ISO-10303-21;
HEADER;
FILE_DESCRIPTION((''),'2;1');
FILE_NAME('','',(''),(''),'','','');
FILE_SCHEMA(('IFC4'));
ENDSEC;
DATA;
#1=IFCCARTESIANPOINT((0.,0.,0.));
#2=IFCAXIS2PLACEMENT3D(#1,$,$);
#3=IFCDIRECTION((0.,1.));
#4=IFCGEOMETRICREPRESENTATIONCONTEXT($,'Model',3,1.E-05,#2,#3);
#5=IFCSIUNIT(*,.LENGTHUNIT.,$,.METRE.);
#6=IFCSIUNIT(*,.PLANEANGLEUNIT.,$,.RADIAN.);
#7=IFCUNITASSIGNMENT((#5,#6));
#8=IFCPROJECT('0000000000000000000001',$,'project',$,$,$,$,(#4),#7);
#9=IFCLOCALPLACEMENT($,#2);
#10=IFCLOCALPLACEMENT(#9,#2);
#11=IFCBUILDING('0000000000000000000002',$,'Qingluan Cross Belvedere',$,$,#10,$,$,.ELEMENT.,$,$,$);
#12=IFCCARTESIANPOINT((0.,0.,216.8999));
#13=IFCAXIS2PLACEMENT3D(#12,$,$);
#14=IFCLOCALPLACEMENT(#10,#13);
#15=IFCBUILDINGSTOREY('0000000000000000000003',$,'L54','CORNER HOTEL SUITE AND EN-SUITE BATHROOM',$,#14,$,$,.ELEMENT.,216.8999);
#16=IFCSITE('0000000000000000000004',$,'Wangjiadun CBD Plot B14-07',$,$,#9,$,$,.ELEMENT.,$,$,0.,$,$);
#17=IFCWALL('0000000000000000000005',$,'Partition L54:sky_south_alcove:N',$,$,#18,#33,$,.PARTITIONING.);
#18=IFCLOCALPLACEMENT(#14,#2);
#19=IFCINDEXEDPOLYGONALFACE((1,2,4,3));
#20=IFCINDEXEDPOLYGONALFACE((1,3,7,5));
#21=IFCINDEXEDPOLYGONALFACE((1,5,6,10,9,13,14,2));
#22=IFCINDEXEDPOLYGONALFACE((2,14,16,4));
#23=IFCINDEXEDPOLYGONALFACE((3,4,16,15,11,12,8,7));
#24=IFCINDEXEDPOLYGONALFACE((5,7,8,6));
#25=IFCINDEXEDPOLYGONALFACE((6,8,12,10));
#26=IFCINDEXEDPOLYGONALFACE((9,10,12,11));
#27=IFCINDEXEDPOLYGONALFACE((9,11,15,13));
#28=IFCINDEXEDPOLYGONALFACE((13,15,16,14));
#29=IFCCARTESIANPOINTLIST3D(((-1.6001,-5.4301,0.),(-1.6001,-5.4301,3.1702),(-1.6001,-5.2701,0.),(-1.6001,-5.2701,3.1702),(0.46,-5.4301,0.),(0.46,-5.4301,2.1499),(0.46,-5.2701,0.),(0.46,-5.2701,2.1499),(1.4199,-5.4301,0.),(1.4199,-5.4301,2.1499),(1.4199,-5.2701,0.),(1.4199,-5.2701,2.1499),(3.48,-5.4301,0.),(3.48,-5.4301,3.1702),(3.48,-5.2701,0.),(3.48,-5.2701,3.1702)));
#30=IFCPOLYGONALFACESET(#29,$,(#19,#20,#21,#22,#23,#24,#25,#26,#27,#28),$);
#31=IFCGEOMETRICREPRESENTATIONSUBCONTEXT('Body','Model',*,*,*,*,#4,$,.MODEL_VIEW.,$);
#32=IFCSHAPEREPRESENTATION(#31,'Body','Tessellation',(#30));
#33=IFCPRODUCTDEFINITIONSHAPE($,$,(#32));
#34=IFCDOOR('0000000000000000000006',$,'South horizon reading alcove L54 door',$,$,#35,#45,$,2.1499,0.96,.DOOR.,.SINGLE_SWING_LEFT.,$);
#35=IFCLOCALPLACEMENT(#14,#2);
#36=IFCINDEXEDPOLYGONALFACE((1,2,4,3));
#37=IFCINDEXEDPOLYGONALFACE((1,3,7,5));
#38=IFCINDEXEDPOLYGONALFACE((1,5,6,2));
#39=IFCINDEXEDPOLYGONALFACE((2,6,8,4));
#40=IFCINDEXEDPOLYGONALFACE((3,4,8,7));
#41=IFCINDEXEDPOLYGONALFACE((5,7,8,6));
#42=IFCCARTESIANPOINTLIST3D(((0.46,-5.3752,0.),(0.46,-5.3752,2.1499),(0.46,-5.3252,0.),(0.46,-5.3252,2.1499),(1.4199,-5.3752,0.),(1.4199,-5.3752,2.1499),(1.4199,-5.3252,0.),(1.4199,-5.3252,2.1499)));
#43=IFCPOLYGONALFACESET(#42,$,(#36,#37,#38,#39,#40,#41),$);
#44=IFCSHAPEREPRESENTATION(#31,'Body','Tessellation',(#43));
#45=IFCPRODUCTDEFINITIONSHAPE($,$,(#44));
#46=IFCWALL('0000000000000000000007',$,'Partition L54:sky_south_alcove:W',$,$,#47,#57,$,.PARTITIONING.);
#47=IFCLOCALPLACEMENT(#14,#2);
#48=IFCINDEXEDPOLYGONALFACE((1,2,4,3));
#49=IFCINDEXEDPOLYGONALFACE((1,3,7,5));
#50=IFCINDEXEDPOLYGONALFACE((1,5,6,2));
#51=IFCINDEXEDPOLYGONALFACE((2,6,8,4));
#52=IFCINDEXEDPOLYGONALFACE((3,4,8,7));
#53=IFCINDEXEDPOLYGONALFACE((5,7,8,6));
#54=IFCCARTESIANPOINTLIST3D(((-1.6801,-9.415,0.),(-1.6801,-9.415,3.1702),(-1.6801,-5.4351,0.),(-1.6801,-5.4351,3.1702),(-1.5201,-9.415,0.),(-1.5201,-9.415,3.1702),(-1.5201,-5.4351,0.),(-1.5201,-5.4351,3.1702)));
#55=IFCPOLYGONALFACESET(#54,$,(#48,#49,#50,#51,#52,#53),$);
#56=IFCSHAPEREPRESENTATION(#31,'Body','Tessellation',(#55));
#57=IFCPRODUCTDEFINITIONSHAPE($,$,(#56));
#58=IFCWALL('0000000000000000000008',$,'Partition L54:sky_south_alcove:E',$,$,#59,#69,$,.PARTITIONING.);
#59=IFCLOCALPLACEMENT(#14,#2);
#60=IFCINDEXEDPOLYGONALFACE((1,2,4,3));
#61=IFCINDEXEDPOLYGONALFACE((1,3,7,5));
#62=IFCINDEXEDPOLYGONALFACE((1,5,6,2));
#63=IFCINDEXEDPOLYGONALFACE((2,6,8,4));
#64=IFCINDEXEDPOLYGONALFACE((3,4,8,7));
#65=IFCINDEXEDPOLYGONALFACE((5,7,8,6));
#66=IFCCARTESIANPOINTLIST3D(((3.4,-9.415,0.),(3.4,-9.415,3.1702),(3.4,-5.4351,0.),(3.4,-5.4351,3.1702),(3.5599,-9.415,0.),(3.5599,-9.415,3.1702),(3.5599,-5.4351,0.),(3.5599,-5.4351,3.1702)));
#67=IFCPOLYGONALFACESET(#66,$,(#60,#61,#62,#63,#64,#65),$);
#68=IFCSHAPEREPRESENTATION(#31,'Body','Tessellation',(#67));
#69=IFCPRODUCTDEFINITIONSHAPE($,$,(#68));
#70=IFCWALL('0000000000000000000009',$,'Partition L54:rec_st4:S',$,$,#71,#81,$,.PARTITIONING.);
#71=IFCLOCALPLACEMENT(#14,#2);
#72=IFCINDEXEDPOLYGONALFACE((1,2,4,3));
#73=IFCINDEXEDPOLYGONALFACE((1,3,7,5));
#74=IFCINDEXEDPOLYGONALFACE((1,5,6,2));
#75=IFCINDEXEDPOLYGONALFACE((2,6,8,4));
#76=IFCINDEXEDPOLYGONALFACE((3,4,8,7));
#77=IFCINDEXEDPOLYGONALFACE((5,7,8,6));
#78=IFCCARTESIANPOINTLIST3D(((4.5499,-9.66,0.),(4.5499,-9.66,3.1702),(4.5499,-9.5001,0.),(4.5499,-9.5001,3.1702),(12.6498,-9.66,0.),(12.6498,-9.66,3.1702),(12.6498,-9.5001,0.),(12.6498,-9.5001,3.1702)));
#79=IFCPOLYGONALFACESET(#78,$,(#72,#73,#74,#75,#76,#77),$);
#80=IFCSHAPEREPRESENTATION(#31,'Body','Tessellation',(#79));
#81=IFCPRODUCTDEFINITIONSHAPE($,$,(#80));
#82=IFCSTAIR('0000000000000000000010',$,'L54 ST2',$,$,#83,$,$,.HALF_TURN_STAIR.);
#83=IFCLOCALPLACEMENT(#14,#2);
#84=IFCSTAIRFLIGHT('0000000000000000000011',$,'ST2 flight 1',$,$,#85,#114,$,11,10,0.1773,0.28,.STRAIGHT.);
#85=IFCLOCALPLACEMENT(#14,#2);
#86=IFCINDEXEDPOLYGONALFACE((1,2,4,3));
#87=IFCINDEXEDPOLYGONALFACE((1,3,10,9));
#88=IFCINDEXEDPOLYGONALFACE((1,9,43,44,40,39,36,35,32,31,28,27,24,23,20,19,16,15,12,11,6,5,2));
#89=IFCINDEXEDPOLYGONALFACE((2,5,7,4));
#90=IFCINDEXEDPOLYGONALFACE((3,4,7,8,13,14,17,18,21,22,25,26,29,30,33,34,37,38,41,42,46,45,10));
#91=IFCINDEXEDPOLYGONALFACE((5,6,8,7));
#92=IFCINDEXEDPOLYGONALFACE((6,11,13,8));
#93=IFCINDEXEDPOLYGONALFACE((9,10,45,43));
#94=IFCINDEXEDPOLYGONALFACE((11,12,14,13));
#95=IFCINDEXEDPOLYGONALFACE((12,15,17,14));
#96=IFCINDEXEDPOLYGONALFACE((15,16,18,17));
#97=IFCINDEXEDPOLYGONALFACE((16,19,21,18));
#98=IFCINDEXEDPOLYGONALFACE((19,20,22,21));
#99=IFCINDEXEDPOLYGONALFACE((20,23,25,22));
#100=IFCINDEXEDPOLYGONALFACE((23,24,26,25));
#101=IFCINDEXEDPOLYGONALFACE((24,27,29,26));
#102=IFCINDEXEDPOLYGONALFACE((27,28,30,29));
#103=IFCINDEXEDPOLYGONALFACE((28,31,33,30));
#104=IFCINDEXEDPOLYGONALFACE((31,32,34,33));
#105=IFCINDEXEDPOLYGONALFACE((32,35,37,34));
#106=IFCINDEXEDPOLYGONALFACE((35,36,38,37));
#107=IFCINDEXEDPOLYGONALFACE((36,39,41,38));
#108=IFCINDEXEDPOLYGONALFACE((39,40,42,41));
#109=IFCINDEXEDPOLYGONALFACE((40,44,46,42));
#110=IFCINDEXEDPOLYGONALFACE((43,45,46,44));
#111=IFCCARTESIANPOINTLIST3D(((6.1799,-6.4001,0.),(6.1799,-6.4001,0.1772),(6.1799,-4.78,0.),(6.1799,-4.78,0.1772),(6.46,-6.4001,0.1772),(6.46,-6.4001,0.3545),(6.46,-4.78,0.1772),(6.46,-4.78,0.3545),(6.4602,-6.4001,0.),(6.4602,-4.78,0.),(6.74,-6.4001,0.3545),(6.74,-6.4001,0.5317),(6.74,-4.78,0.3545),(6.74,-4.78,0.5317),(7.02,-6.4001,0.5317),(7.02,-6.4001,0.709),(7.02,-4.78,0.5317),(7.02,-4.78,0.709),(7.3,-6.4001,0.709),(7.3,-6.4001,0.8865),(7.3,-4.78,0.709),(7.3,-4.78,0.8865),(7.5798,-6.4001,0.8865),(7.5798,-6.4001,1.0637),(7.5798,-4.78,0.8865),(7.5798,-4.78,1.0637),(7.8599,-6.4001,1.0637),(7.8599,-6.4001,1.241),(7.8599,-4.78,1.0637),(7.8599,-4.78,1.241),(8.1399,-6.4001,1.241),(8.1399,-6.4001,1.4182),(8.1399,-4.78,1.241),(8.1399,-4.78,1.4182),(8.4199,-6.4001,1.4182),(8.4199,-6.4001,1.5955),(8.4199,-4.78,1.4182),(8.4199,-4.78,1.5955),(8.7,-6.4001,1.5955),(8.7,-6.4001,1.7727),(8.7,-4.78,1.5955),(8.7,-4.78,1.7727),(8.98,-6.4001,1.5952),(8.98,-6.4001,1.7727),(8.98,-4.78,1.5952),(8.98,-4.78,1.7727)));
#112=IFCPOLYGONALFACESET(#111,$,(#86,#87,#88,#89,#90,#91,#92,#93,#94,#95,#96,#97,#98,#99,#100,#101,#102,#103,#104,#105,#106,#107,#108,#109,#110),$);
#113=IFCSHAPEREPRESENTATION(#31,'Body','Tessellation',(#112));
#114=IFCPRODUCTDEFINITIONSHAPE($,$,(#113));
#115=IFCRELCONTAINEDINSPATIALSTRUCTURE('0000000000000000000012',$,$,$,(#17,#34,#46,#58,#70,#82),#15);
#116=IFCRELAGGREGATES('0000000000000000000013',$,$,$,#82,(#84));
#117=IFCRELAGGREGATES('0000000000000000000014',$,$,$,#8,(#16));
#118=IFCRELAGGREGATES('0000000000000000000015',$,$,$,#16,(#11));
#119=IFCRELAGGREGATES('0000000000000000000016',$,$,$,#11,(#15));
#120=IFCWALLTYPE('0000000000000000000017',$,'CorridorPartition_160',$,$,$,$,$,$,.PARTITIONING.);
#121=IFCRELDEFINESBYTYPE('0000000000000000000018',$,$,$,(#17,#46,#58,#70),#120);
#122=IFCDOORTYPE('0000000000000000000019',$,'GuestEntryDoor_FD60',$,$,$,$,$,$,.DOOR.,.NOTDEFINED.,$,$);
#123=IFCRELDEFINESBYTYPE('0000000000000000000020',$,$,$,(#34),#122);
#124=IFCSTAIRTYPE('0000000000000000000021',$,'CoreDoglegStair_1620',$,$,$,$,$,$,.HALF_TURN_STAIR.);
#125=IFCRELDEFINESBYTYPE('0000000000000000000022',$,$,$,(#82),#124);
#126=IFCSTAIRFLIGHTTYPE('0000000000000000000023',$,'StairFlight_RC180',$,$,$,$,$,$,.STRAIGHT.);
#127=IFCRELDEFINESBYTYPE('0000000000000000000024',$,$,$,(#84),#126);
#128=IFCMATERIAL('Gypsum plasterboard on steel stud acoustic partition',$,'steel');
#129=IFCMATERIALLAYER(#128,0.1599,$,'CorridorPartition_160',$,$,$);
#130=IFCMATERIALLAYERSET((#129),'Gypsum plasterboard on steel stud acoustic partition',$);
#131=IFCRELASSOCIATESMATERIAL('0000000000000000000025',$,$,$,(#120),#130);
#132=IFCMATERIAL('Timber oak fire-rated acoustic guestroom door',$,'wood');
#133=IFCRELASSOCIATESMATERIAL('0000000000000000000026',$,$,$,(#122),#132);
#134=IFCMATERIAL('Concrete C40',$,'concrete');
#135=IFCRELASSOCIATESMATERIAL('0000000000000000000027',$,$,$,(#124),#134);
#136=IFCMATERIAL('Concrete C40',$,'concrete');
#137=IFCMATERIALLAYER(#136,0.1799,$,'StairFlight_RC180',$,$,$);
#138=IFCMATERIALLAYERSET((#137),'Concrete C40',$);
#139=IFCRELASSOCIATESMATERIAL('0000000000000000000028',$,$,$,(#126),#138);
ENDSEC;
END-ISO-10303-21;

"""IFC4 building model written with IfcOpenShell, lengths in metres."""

from ifc_helpers import new_model, si_unit, direction, frame, frame_2d, origin, place, context, subcontext, project, spatial, polyline, rectangle, outline, extrude, material, layer, layer_set, type_object, element, fill, aggregate, save


model = new_model("IFC4")

# Units and contexts
model_context = context("Model", 3, precision=1e-05, world=origin(), true_north=direction((0.0, 1.0)))
body_context = subcontext(model_context, "Body", "Model", "MODEL_VIEW")
ifc_project = project(units=[si_unit("LENGTHUNIT", "METRE"), si_unit("PLANEANGLEUNIT", "RADIAN")], contexts=[model_context])

# Site, building, storey
site_placement = place(None, origin())
site = spatial("IfcSite", under=ifc_project, at=site_placement, Name="Wangjiadun CBD Plot B14-07", CompositionType="ELEMENT", RefElevation=0.0)
building_placement = place(site_placement, origin())
building = spatial("IfcBuilding", under=site, at=building_placement, Name="Qingluan Cross Belvedere", CompositionType="ELEMENT")
storey_placement = place(building_placement, frame((0.0, 0.0, 216.8999)))
storey = spatial("IfcBuildingStorey", under=building, at=storey_placement, Name="L54", Description="CORNER HOTEL SUITE AND EN-SUITE BATHROOM", CompositionType="ELEMENT", Elevation=216.8999)

# Shared definitions
ifc_material_1 = material(Name="Gypsum plasterboard on steel stud acoustic partition", Category="steel")
ifc_layer_1 = layer(ifc_material_1, 0.1599, Name="CorridorPartition_160")
ifc_layer_set_1 = layer_set([ifc_layer_1], Name="Gypsum plasterboard on steel stud acoustic partition")
wall_type_1 = type_object("IfcWallType", Name="CorridorPartition_160", PredefinedType="PARTITIONING", material=ifc_layer_set_1)
ifc_material_2 = material(Name="Timber oak fire-rated acoustic guestroom door", Category="wood")
door_type_1 = type_object("IfcDoorType", Name="GuestEntryDoor_FD60", OperationType="NOTDEFINED", PredefinedType="DOOR", material=ifc_material_2)

# Wall, opening, door
wall_1_placement = place(storey_placement, frame((-1.6001, -5.3501, 0.0), z_axis=(0.0, 0.0, 1.0), x_axis=(1.0, 0.0, 0.0)))
wall_1 = element("IfcWall", 1, at=wall_1_placement, inside=storey, type_object=wall_type_1, Name="Partition L54:sky_south_alcove:N", PredefinedType="PARTITIONING", context=body_context, shape_type="SweptSolid", body=[
    extrude(rectangle(XDim=5.0801, YDim=0.1599, at=frame_2d((2.54, 0.0))), origin(), (0.0, 0.0, 1.0), 3.1702),
])
opening_1_placement = place(wall_1_placement, frame((2.0601, 0.0, 0.0)))
opening_1 = element("IfcOpeningElement", 2, at=opening_1_placement, cuts=wall_1, PredefinedType="OPENING", context=body_context, shape_type="SweptSolid", body=[
    extrude(rectangle(XDim=0.96, YDim=2.1499, at=frame_2d((0.48, 1.075))), frame((0.0, 0.0898, 0.0), z_axis=(0.0, -1.0, 0.0), x_axis=(1.0, 0.0, 0.0)), (0.0, 0.0, 1.0), 0.1799),
])
door_1_placement = place(opening_1_placement, origin())
door_1 = element("IfcDoor", 3, at=door_1_placement, inside=storey, type_object=door_type_1, Name="South horizon reading alcove L54 door", OperationType="SINGLE_SWING_LEFT", OverallHeight=2.1499, OverallWidth=0.96, PredefinedType="DOOR", context=body_context, shape_type="SweptSolid", body=[
    extrude(rectangle(XDim=0.96, YDim=2.1499, at=frame_2d((0.48, 1.075))), frame((0.0, 0.0249, 0.0), z_axis=(0.0, -1.0, 0.0), x_axis=(1.0, 0.0, 0.0)), (0.0, 0.0, 1.0), 0.05),
])
fill(opening_1, door_1)

# Walls
for number, where, z_axis, x_axis, name in (
    (4, (-1.6001, -9.415, 0.0), (0.0, 0.0, 1.0), (0.0, 1.0, 0.0), "Partition L54:sky_south_alcove:W"),
    (5, (3.48, -9.415, 0.0), (0.0, 0.0, 1.0), (0.0, 1.0, 0.0), "Partition L54:sky_south_alcove:E"),
):
    element("IfcWall", number, at=place(storey_placement, frame(where, z_axis=z_axis, x_axis=x_axis)), inside=storey, type_object=wall_type_1, Name=name, PredefinedType="PARTITIONING", context=body_context, shape_type="SweptSolid", body=[
        extrude(rectangle(XDim=3.98, YDim=0.1599, at=frame_2d((1.99, 0.0))), origin(), (0.0, 0.0, 1.0), 3.1702),
    ])
wall_2_placement = place(storey_placement, frame((4.55, -9.5801, 0.0), z_axis=(0.0, 0.0, 1.0), x_axis=(1.0, 0.0, 0.0)))
element("IfcWall", 6, at=wall_2_placement, inside=storey, type_object=wall_type_1, Name="Partition L54:rec_st4:S", PredefinedType="PARTITIONING", context=body_context, shape_type="SweptSolid", body=[
    extrude(rectangle(XDim=8.0999, YDim=0.1599, at=frame_2d((4.0498, 0.0))), origin(), (0.0, 0.0, 1.0), 3.1702),
])

# Stair, stair flight
ifc_material_3 = material(Name="Concrete C40", Category="concrete")
stair_type = type_object("IfcStairType", Name="CoreDoglegStair_1620", PredefinedType="HALF_TURN_STAIR", material=ifc_material_3)
stair_placement = place(storey_placement, origin())
stair = element("IfcStair", 7, at=stair_placement, inside=storey, type_object=stair_type, Name="L54 ST2", PredefinedType="HALF_TURN_STAIR")
ifc_material_4 = material(Name="Concrete C40", Category="concrete")
ifc_layer_2 = layer(ifc_material_4, 0.1799, Name="StairFlight_RC180")
ifc_layer_set_2 = layer_set([ifc_layer_2], Name="Concrete C40")
stair_flight_type = type_object("IfcStairFlightType", Name="StairFlight_RC180", PredefinedType="STRAIGHT", material=ifc_layer_set_2)
stair_flight_placement = place(storey_placement, frame((6.1799, -5.5901, 0.0), z_axis=(0.0, 0.0, 1.0), x_axis=(1.0, 0.0, 0.0)))
stair_flight = element("IfcStairFlight", 8, at=stair_flight_placement, type_object=stair_flight_type, Name="ST2 flight 1", NumberOfRisers=11, NumberOfTreads=10, PredefinedType="STRAIGHT", RiserHeight=0.1773, TreadLength=0.28, context=body_context, shape_type="SweptSolid", body=[
    extrude(outline(polyline([(0.0, 0.0), (0.0, 0.1772), (0.28, 0.1772), (0.28, 0.3545), (0.5601, 0.3545), (0.5601, 0.5317), (0.8401, 0.5317), (0.8401, 0.709), (1.1201, 0.709), (1.1201, 0.8865), (1.3999, 0.8865), (1.3999, 1.0637), (1.6799, 1.0637), (1.6799, 1.241), (1.96, 1.241), (1.96, 1.4182), (2.24, 1.4182), (2.24, 1.5955), (2.52, 1.5955), (2.52, 1.7727), (2.8, 1.7727), (2.8, 1.95), (2.8, 1.5952), (0.2803, 0.0), (0.0, 0.0)])), frame((0.0, 0.8101, 0.0), z_axis=(0.0, -1.0, 0.0), x_axis=(1.0, 0.0, 0.0)), (0.0, 0.0, 1.0), 1.6201),
])
aggregate(stair, [stair_flight])

save(model, "model.ifc")
